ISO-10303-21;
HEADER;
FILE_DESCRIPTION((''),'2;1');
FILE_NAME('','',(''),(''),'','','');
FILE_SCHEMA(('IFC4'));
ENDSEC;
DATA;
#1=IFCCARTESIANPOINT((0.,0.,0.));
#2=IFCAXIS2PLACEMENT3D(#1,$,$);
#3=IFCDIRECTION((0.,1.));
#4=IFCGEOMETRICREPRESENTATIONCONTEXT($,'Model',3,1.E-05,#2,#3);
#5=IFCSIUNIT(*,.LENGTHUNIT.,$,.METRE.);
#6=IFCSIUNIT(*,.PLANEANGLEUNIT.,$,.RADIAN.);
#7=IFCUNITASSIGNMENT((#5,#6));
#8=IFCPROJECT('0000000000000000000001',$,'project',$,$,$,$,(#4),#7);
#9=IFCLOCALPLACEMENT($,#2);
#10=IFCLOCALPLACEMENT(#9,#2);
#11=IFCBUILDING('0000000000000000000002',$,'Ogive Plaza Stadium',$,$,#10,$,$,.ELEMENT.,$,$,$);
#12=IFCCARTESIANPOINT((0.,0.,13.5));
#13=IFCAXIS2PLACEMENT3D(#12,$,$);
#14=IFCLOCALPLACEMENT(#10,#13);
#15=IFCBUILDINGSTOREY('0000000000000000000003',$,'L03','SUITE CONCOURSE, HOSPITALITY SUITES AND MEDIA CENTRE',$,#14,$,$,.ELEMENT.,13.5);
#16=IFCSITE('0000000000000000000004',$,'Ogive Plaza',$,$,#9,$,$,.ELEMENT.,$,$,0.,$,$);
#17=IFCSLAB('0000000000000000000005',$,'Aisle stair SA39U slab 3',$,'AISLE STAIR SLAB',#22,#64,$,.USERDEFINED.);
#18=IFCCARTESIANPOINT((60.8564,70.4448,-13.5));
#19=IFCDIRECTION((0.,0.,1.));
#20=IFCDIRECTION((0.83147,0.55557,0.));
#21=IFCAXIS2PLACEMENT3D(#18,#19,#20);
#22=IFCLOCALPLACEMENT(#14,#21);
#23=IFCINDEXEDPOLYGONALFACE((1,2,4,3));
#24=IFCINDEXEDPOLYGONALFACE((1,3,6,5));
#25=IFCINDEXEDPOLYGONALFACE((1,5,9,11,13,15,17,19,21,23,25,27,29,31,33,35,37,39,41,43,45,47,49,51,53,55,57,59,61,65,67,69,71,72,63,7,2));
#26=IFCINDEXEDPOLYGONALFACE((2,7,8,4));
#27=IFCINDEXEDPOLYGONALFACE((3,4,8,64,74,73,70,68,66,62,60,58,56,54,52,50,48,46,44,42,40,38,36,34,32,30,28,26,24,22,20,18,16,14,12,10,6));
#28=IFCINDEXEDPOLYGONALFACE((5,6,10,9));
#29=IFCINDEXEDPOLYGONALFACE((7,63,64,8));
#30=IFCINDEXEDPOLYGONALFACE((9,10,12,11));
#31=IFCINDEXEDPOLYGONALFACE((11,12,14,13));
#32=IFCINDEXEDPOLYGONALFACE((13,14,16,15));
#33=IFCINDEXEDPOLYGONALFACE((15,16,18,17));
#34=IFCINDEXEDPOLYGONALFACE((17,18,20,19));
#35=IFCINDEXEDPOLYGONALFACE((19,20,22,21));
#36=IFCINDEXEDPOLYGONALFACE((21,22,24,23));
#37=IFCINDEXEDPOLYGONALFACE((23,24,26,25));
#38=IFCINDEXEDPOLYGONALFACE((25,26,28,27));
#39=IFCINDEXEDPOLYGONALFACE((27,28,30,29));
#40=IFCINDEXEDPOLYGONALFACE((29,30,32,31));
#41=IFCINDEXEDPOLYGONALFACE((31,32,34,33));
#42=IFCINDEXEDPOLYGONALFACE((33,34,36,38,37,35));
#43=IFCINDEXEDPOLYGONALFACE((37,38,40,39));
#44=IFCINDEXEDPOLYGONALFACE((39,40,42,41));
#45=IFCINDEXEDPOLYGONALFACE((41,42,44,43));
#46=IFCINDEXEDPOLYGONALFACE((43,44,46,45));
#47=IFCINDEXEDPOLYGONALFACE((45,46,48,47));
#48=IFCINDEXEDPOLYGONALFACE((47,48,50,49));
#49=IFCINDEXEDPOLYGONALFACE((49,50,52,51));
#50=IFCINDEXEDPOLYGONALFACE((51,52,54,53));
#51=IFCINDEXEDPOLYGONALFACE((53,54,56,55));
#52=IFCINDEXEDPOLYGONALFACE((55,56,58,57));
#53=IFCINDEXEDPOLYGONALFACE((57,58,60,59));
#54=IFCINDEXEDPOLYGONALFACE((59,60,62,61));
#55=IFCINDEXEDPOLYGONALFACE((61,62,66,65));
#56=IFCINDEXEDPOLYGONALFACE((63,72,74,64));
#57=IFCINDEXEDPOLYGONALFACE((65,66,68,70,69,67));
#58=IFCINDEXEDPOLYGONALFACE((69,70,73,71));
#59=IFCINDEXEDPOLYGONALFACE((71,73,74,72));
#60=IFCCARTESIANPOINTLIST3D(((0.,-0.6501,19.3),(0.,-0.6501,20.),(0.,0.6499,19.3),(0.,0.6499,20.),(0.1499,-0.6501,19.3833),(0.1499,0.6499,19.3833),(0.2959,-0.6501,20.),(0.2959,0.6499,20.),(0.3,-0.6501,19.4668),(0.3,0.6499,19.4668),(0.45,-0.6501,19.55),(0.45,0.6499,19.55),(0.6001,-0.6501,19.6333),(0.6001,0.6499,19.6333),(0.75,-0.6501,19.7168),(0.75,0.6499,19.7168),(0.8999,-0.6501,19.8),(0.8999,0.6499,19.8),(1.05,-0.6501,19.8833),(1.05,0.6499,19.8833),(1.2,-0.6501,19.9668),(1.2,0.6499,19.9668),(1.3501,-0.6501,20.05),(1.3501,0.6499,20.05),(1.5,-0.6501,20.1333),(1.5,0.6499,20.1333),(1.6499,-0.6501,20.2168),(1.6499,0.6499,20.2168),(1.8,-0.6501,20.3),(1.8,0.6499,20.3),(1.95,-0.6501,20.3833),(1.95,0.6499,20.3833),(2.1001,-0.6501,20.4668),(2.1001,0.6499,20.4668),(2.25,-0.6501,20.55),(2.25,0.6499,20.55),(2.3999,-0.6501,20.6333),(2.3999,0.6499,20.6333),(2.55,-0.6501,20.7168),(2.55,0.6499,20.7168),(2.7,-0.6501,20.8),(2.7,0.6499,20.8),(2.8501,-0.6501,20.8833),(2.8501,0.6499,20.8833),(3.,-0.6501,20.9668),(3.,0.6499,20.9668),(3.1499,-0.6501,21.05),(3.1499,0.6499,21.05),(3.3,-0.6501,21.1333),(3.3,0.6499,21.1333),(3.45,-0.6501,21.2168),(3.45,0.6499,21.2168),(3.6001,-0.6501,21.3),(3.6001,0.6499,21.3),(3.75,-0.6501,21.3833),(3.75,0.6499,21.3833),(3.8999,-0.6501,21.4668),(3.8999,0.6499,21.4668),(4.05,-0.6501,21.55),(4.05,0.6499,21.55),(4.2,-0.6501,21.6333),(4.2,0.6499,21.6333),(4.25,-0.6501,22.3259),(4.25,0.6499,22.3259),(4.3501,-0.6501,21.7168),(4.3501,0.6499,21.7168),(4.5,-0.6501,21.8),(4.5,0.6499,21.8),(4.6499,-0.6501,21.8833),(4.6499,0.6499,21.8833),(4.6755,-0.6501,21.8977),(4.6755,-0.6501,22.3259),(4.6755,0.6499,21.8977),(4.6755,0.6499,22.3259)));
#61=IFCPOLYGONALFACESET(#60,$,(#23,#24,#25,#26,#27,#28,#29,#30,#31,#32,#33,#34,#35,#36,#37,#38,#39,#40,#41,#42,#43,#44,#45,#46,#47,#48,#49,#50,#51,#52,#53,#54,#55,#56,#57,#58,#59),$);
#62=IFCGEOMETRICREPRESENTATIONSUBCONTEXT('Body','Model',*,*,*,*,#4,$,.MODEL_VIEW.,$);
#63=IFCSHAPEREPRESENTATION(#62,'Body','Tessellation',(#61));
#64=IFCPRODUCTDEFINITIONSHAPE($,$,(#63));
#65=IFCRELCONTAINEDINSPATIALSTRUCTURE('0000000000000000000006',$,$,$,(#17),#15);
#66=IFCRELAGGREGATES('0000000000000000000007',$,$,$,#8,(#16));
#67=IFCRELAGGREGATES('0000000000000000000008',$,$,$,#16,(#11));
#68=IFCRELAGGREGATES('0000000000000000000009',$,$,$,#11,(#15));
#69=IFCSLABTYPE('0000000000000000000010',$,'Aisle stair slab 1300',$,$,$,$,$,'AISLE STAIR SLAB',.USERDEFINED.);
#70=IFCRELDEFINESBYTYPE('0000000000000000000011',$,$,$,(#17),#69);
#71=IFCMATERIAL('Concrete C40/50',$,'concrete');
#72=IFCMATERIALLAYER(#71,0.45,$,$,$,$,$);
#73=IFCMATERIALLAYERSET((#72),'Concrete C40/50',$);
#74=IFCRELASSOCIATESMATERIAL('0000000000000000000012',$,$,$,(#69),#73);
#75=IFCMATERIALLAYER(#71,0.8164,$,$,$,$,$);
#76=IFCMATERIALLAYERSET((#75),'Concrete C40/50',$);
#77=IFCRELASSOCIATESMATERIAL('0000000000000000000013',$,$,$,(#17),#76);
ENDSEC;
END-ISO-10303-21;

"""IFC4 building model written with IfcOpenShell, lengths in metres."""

from ifc_helpers import new_model, si_unit, direction, frame, origin, place, context, subcontext, project, spatial, polyline, outline, extrude, material, layer, layer_set, type_object, element, save


model = new_model("IFC4")

# Units and contexts
model_context = context("Model", 3, precision=1e-05, world=origin(), true_north=direction((0.0, 1.0)))
body_context = subcontext(model_context, "Body", "Model", "MODEL_VIEW")
ifc_project = project(units=[si_unit("LENGTHUNIT", "METRE"), si_unit("PLANEANGLEUNIT", "RADIAN")], contexts=[model_context])

# Site, building, storey
site_placement = place(None, origin())
site = spatial("IfcSite", under=ifc_project, at=site_placement, Name="Ogive Plaza", CompositionType="ELEMENT", RefElevation=0.0)
building_placement = place(site_placement, origin())
building = spatial("IfcBuilding", under=site, at=building_placement, Name="Ogive Plaza Stadium", CompositionType="ELEMENT")
storey_placement = place(building_placement, frame((0.0, 0.0, 13.5)))
storey = spatial("IfcBuildingStorey", under=building, at=storey_placement, Name="L03", Description="SUITE CONCOURSE, HOSPITALITY SUITES AND MEDIA CENTRE", CompositionType="ELEMENT", Elevation=13.5)

# Slab
ifc_material_1 = material(Name="Concrete C40/50", Category="concrete")
ifc_layer_1 = layer(ifc_material_1, 0.8164)
ifc_layer_set_1 = layer_set([ifc_layer_1], Name="Concrete C40/50")
ifc_layer_2 = layer(ifc_material_1, 0.45)
ifc_layer_set_2 = layer_set([ifc_layer_2], Name="Concrete C40/50")
slab_type = type_object("IfcSlabType", Name="Aisle stair slab 1300", ElementType="AISLE STAIR SLAB", PredefinedType="USERDEFINED", material=ifc_layer_set_2)
slab_placement = place(storey_placement, frame((60.8564, 70.4448, -13.5), z_axis=(0.0, 0.0, 1.0), x_axis=(0.83147, 0.55557, 0.0)))
element("IfcSlab", 1, at=slab_placement, inside=storey, type_object=slab_type, material=ifc_layer_set_1, Name="Aisle stair SA39U slab 3", ObjectType="AISLE STAIR SLAB", PredefinedType="USERDEFINED", context=body_context, shape_type="SweptSolid", body=[
    extrude(outline(polyline([(0.0, 20.0), (0.2959, 20.0), (4.25, 22.3259), (4.6755, 22.3259), (4.6755, 21.8977), (4.6499, 21.8833), (4.5, 21.8), (4.3501, 21.7168), (4.2, 21.6333), (4.05, 21.55), (3.8999, 21.4668), (3.75, 21.3833), (3.6001, 21.3), (3.45, 21.2168), (3.3, 21.1333), (3.1499, 21.05), (3.0, 20.9668), (2.8501, 20.8833), (2.7, 20.8), (2.55, 20.7168), (2.3999, 20.6333), (2.25, 20.55), (2.1001, 20.4668), (1.95, 20.3833), (1.8, 20.3), (1.6499, 20.2168), (1.5, 20.1333), (1.3501, 20.05), (1.2, 19.9668), (1.05, 19.8833), (0.8999, 19.8), (0.75, 19.7168), (0.6001, 19.6333), (0.45, 19.55), (0.3, 19.4668), (0.1499, 19.3833), (0.0, 19.3), (0.0, 20.0)])), frame((0.0, 0.6499, 0.0), z_axis=(0.0, -1.0, 0.0), x_axis=(1.0, 0.0, 0.0)), (0.0, 0.0, 1.0), 1.3),
])

save(model, "model.ifc")
